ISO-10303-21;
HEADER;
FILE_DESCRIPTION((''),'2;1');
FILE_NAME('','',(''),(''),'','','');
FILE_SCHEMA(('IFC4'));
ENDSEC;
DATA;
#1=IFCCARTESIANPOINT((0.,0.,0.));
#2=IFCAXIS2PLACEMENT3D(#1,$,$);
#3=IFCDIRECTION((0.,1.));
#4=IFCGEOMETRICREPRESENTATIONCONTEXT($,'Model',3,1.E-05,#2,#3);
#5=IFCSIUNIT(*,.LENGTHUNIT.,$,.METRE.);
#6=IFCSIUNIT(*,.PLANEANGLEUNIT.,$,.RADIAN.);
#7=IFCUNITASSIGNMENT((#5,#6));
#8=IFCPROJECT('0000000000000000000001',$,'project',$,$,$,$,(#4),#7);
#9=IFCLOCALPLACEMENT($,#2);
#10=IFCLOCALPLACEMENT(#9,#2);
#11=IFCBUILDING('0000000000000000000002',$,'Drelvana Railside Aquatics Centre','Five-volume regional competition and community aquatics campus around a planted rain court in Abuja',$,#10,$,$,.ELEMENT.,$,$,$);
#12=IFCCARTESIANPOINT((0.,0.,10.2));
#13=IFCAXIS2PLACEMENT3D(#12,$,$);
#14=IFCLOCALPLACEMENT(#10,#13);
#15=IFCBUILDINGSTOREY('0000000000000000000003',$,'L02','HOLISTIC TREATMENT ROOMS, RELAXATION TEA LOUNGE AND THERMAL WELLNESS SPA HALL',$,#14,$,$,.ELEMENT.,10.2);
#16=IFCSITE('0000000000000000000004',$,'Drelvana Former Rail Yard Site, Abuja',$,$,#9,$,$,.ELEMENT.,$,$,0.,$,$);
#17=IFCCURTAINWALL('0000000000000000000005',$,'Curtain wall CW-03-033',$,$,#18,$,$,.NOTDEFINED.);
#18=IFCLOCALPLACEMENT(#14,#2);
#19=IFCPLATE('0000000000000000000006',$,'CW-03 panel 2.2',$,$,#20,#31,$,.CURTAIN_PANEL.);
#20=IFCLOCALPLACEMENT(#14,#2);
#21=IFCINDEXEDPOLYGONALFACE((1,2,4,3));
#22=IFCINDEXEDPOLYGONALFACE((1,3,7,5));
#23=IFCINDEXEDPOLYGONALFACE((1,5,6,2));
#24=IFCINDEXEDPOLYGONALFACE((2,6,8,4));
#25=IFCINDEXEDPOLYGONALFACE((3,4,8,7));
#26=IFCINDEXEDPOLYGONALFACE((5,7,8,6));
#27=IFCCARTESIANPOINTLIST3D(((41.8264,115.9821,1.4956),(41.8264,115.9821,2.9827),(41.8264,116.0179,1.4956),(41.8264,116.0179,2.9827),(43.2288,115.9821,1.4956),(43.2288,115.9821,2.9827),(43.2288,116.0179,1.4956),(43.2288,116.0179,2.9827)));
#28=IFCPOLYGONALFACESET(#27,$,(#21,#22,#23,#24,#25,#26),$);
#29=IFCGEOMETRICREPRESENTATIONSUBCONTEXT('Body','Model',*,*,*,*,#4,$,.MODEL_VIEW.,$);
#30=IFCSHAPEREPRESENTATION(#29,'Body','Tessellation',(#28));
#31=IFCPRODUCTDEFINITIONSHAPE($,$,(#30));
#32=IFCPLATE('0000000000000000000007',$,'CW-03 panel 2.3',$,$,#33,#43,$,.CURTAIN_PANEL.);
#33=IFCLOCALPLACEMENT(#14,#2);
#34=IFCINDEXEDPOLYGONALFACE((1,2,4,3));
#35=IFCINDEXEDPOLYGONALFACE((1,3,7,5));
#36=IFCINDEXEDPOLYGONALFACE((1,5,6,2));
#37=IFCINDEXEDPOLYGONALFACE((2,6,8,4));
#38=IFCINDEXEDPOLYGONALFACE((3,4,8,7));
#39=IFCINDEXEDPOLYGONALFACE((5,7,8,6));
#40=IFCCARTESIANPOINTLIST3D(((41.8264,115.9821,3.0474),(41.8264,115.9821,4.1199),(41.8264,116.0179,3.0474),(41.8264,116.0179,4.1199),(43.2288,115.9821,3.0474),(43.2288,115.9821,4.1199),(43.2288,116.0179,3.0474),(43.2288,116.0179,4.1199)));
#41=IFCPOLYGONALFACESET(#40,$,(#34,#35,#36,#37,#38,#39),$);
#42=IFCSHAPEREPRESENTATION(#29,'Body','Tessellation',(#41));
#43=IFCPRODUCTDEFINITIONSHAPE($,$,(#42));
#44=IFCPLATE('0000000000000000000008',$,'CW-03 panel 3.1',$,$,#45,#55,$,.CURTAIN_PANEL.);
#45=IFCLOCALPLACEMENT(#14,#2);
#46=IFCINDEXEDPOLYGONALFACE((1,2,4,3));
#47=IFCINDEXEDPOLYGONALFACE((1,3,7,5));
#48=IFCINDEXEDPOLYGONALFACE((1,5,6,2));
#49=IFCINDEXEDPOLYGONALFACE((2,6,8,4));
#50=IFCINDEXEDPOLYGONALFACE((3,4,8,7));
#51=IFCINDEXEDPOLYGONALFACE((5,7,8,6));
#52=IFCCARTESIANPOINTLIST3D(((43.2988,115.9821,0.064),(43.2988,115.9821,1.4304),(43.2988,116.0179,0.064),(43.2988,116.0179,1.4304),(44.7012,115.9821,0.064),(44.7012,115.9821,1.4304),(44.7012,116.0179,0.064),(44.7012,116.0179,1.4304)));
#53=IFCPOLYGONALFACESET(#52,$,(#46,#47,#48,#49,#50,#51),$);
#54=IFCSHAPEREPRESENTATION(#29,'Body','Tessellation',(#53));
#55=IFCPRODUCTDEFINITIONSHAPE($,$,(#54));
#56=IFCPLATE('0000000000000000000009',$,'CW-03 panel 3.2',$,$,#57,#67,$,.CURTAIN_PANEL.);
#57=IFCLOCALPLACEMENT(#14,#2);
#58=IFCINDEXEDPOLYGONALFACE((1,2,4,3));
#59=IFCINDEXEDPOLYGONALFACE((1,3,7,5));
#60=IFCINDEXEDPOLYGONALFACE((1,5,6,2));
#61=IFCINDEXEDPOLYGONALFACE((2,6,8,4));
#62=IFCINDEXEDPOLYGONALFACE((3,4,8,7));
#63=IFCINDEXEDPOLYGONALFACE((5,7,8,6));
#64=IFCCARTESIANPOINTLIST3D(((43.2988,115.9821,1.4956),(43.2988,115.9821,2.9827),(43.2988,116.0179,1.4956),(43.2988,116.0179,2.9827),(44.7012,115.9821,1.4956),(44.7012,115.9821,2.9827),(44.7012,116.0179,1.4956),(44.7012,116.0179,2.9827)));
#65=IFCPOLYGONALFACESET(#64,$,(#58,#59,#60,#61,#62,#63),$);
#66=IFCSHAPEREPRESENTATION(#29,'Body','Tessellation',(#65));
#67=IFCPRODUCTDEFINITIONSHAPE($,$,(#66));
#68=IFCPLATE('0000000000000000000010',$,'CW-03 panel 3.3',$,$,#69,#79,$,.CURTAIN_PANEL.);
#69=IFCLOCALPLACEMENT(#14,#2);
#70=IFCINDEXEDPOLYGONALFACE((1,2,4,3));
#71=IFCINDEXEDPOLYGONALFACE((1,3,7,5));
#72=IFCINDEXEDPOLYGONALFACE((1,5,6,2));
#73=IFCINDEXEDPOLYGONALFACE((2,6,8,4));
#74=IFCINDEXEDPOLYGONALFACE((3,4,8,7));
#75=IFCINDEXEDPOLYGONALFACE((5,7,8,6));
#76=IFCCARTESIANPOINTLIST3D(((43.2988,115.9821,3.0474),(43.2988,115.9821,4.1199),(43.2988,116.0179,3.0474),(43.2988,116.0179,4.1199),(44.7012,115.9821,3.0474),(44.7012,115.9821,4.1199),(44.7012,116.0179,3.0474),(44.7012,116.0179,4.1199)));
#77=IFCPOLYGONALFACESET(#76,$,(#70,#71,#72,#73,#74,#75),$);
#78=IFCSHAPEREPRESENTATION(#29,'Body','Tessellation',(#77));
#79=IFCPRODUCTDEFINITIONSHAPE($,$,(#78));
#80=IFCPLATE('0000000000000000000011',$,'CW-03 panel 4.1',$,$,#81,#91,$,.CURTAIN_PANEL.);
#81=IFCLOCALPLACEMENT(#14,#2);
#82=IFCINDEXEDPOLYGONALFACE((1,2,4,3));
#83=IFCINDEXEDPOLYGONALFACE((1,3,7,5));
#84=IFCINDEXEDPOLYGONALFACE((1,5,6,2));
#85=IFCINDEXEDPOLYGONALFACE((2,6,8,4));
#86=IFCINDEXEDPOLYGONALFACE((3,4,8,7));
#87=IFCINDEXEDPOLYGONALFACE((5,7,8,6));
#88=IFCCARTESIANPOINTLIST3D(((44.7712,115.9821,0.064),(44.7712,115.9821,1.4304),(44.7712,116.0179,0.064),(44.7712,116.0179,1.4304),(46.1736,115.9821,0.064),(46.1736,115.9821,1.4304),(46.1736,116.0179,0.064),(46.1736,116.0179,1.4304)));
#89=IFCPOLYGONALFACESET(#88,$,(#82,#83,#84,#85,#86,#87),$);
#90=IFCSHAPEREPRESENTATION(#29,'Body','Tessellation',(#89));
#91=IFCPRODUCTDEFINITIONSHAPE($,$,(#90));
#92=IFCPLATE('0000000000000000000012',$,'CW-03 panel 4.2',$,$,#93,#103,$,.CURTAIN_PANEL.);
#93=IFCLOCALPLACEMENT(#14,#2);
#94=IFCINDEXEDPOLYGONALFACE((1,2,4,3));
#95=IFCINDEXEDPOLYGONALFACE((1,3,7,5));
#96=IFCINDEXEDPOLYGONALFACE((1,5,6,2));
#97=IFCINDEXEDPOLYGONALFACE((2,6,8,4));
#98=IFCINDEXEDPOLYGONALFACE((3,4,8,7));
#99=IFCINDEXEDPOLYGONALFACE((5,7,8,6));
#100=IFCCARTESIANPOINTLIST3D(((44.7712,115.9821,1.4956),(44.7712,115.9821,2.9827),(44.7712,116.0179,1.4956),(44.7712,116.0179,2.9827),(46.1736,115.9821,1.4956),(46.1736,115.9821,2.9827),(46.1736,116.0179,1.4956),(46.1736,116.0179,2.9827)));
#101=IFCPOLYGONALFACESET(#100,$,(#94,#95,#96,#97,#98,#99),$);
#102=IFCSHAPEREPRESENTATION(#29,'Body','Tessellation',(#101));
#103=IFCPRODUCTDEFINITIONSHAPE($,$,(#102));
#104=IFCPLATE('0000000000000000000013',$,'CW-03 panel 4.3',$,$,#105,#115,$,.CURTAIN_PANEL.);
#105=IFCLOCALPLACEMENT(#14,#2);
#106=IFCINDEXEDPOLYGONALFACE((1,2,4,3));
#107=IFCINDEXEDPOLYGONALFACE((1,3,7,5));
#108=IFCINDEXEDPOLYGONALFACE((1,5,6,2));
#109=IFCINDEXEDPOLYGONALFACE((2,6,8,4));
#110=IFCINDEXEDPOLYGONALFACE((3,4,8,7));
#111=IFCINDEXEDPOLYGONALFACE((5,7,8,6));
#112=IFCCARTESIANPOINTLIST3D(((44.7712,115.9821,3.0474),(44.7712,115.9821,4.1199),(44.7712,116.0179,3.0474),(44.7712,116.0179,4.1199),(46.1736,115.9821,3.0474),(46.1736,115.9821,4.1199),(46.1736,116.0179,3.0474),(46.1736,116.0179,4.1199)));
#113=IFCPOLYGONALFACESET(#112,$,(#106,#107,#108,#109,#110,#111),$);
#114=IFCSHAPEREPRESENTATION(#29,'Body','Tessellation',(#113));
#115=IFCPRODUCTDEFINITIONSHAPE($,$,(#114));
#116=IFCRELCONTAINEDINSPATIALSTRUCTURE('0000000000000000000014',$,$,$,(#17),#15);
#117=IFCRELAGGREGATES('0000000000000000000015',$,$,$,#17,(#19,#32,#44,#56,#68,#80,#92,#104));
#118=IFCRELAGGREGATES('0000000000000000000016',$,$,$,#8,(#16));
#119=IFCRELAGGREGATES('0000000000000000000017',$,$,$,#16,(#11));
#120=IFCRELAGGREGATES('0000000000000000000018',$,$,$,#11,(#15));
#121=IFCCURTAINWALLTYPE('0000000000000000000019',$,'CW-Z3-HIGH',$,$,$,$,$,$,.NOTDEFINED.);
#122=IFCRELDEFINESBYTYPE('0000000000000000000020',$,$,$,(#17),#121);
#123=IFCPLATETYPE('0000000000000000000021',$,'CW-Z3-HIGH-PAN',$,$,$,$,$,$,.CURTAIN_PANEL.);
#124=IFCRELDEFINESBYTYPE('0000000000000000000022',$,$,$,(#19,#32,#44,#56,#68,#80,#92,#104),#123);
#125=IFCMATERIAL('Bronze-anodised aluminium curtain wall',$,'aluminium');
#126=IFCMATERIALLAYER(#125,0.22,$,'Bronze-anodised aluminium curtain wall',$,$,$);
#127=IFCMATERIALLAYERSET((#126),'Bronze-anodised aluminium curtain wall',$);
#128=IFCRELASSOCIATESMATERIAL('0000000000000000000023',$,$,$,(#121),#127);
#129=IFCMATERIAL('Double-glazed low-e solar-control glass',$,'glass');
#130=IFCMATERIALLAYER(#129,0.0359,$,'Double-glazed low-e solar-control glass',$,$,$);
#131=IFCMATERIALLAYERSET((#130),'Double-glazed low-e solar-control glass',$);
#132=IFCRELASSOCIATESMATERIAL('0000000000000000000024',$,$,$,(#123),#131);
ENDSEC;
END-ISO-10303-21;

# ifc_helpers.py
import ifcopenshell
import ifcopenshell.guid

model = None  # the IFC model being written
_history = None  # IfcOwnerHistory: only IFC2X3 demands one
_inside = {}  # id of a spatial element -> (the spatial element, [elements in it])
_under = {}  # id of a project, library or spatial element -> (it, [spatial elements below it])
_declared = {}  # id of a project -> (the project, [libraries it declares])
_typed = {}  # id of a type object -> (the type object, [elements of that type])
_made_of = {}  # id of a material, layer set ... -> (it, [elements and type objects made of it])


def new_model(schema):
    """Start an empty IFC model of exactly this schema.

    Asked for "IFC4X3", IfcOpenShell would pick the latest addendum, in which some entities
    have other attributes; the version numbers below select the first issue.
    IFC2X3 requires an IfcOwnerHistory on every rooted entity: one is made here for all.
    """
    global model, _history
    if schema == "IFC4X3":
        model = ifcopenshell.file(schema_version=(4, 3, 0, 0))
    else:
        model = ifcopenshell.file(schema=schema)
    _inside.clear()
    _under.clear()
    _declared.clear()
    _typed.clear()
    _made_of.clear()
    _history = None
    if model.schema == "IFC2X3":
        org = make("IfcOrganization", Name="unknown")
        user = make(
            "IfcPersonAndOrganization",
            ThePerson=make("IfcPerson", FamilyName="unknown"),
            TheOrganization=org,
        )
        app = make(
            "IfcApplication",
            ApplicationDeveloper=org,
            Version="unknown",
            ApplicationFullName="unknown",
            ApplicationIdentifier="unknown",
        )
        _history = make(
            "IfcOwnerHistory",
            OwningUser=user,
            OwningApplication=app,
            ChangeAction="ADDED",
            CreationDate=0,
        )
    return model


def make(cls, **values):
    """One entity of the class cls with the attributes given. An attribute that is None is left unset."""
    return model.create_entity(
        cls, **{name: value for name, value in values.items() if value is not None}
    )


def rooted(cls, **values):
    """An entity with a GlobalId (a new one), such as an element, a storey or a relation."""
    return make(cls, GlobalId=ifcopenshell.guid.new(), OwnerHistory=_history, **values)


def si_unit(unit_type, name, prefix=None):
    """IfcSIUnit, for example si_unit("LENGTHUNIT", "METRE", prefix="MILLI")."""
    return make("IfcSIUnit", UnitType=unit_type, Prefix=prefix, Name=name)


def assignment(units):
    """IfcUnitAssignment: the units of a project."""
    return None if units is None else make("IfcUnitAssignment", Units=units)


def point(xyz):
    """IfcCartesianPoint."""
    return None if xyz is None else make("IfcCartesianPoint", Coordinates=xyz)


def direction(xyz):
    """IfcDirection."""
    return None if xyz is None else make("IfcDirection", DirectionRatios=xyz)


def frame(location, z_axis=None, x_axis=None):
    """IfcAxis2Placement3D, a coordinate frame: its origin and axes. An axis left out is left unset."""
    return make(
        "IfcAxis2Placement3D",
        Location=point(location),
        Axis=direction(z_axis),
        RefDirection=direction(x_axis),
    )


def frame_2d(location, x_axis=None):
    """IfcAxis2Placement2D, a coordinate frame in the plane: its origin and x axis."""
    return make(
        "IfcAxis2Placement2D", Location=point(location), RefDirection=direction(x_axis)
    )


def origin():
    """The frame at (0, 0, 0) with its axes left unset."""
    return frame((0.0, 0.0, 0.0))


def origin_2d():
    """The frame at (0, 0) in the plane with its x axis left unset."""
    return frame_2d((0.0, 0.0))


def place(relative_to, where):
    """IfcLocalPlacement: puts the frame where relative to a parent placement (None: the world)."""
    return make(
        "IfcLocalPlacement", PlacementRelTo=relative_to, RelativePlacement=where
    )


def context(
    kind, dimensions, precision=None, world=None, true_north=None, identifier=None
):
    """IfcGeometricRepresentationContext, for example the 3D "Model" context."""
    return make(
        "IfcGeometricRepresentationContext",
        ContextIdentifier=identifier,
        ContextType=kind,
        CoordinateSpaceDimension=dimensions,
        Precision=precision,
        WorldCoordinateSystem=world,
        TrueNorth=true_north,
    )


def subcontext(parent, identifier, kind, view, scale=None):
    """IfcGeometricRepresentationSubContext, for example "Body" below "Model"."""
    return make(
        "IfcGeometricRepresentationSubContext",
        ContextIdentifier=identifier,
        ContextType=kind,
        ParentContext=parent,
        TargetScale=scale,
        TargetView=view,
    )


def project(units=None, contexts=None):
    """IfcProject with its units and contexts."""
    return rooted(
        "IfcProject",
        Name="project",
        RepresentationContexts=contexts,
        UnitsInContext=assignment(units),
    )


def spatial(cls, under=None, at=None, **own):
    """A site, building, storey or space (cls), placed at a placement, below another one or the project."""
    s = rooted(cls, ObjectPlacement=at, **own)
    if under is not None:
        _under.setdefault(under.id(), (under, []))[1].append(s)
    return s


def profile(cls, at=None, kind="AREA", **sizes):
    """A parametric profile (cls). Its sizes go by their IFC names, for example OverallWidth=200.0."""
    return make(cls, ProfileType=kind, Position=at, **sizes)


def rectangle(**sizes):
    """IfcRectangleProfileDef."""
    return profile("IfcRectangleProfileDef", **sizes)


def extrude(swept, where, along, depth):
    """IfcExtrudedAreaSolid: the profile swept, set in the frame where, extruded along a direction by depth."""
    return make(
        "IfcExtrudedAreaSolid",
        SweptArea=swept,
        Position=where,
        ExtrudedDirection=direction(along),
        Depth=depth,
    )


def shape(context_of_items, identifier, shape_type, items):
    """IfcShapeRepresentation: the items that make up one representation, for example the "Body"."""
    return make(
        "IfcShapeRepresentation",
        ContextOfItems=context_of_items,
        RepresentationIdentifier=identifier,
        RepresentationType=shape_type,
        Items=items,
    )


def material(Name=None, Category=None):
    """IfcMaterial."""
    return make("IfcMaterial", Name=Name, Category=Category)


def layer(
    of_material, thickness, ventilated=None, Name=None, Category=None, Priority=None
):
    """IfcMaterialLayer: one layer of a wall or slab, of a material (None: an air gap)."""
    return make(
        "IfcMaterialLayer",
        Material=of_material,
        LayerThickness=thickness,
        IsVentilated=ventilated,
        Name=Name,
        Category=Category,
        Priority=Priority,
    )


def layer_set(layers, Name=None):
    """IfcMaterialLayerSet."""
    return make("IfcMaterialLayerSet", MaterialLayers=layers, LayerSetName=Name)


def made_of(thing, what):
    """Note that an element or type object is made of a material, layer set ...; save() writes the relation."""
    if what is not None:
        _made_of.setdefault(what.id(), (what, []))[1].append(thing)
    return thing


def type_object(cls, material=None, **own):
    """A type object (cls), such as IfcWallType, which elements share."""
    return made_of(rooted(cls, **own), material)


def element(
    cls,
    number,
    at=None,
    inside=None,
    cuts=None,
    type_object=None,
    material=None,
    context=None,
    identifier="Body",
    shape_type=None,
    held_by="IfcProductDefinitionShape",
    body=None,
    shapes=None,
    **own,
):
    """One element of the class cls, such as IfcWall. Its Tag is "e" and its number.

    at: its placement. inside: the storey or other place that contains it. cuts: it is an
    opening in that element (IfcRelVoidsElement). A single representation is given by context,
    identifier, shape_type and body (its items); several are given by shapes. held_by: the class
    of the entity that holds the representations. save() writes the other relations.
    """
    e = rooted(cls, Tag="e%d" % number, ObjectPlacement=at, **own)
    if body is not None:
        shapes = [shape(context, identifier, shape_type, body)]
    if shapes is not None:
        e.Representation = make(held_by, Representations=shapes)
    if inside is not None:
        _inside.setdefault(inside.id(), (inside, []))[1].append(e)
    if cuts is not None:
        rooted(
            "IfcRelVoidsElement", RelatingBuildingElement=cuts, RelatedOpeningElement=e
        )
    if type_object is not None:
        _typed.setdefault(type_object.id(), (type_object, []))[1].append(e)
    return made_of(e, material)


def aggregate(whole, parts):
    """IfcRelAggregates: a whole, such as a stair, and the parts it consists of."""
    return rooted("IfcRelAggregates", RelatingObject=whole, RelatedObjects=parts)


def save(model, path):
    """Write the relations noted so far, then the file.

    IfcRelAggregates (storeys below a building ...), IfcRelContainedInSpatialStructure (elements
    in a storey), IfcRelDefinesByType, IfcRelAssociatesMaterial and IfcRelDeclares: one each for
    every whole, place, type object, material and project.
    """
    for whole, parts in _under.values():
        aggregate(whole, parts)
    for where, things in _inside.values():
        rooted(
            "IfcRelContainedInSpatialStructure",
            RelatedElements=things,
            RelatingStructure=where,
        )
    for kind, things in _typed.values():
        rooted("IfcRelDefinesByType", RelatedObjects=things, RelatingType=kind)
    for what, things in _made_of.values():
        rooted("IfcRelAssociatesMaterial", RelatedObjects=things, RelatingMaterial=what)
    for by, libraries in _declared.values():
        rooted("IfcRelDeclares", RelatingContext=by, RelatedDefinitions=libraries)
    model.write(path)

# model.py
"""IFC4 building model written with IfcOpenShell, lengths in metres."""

from ifc_helpers import new_model, si_unit, direction, frame, origin, origin_2d, place, context, subcontext, project, spatial, rectangle, extrude, material, layer, layer_set, type_object, element, aggregate, save


model = new_model("IFC4")

# Units and contexts
model_context = context("Model", 3, precision=1e-05, world=origin(), true_north=direction((0.0, 1.0)))
body_context = subcontext(model_context, "Body", "Model", "MODEL_VIEW")
ifc_project = project(units=[si_unit("LENGTHUNIT", "METRE"), si_unit("PLANEANGLEUNIT", "RADIAN")], contexts=[model_context])

# Site, building, storey
site_placement = place(None, origin())
site = spatial("IfcSite", under=ifc_project, at=site_placement, Name="Drelvana Former Rail Yard Site, Abuja", CompositionType="ELEMENT", RefElevation=0.0)
building_placement = place(site_placement, origin())
building = spatial("IfcBuilding", under=site, at=building_placement, Name="Drelvana Railside Aquatics Centre", Description="Five-volume regional competition and community aquatics campus around a planted rain court in Abuja", CompositionType="ELEMENT")
storey_placement = place(building_placement, frame((0.0, 0.0, 10.2)))
storey = spatial("IfcBuildingStorey", under=building, at=storey_placement, Name="L02", Description="HOLISTIC TREATMENT ROOMS, RELAXATION TEA LOUNGE AND THERMAL WELLNESS SPA HALL", CompositionType="ELEMENT", Elevation=10.2)

# Curtain wall, plates
ifc_material_1 = material(Name="Bronze-anodised aluminium curtain wall", Category="aluminium")
ifc_layer_1 = layer(ifc_material_1, 0.22, Name="Bronze-anodised aluminium curtain wall")
ifc_layer_set_1 = layer_set([ifc_layer_1], Name="Bronze-anodised aluminium curtain wall")
curtain_wall_type = type_object("IfcCurtainWallType", Name="CW-Z3-HIGH", PredefinedType="NOTDEFINED", material=ifc_layer_set_1)
curtain_wall_placement = place(storey_placement, origin())
curtain_wall = element("IfcCurtainWall", 1, at=curtain_wall_placement, inside=storey, type_object=curtain_wall_type, Name="Curtain wall CW-03-033", PredefinedType="NOTDEFINED")
ifc_material_2 = material(Name="Double-glazed low-e solar-control glass", Category="glass")
ifc_layer_2 = layer(ifc_material_2, 0.0359, Name="Double-glazed low-e solar-control glass")
ifc_layer_set_2 = layer_set([ifc_layer_2], Name="Double-glazed low-e solar-control glass")
plate_type = type_object("IfcPlateType", Name="CW-Z3-HIGH-PAN", PredefinedType="CURTAIN_PANEL", material=ifc_layer_set_2)
plate_1_placement = place(storey_placement, frame((42.5276, 116.0, 1.4956), z_axis=(0.0, 0.0, 1.0), x_axis=(1.0, 0.0, 0.0)))
plate_1 = element("IfcPlate", 2, at=plate_1_placement, type_object=plate_type, Name="CW-03 panel 2.2", PredefinedType="CURTAIN_PANEL", context=body_context, shape_type="SweptSolid", body=[
    extrude(rectangle(XDim=1.4023, YDim=0.0359, at=origin_2d()), origin(), (0.0, 0.0, 1.0), 1.4871),
])
plate_2_placement = place(storey_placement, frame((42.5276, 116.0, 3.0474), z_axis=(0.0, 0.0, 1.0), x_axis=(1.0, 0.0, 0.0)))
plate_2 = element("IfcPlate", 3, at=plate_2_placement, type_object=plate_type, Name="CW-03 panel 2.3", PredefinedType="CURTAIN_PANEL", context=body_context, shape_type="SweptSolid", body=[
    extrude(rectangle(XDim=1.4023, YDim=0.0359, at=origin_2d()), origin(), (0.0, 0.0, 1.0), 1.0725),
])
plate_3_placement = place(storey_placement, frame((44.0, 116.0, 0.064), z_axis=(0.0, 0.0, 1.0), x_axis=(1.0, 0.0, 0.0)))
plate_3 = element("IfcPlate", 4, at=plate_3_placement, type_object=plate_type, Name="CW-03 panel 3.1", PredefinedType="CURTAIN_PANEL", context=body_context, shape_type="SweptSolid", body=[
    extrude(rectangle(XDim=1.4023, YDim=0.0359, at=origin_2d()), origin(), (0.0, 0.0, 1.0), 1.3665),
])
plate_4_placement = place(storey_placement, frame((44.0, 116.0, 1.4956), z_axis=(0.0, 0.0, 1.0), x_axis=(1.0, 0.0, 0.0)))
plate_4 = element("IfcPlate", 5, at=plate_4_placement, type_object=plate_type, Name="CW-03 panel 3.2", PredefinedType="CURTAIN_PANEL", context=body_context, shape_type="SweptSolid", body=[
    extrude(rectangle(XDim=1.4023, YDim=0.0359, at=origin_2d()), origin(), (0.0, 0.0, 1.0), 1.4871),
])
plate_5_placement = place(storey_placement, frame((44.0, 116.0, 3.0474), z_axis=(0.0, 0.0, 1.0), x_axis=(1.0, 0.0, 0.0)))
plate_5 = element("IfcPlate", 6, at=plate_5_placement, type_object=plate_type, Name="CW-03 panel 3.3", PredefinedType="CURTAIN_PANEL", context=body_context, shape_type="SweptSolid", body=[
    extrude(rectangle(XDim=1.4023, YDim=0.0359, at=origin_2d()), origin(), (0.0, 0.0, 1.0), 1.0725),
])
plate_6_placement = place(storey_placement, frame((45.4724, 116.0, 0.064), z_axis=(0.0, 0.0, 1.0), x_axis=(1.0, 0.0, 0.0)))
plate_6 = element("IfcPlate", 7, at=plate_6_placement, type_object=plate_type, Name="CW-03 panel 4.1", PredefinedType="CURTAIN_PANEL", context=body_context, shape_type="SweptSolid", body=[
    extrude(rectangle(XDim=1.4023, YDim=0.0359, at=origin_2d()), origin(), (0.0, 0.0, 1.0), 1.3665),
])
plate_7_placement = place(storey_placement, frame((45.4724, 116.0, 1.4956), z_axis=(0.0, 0.0, 1.0), x_axis=(1.0, 0.0, 0.0)))
plate_7 = element("IfcPlate", 8, at=plate_7_placement, type_object=plate_type, Name="CW-03 panel 4.2", PredefinedType="CURTAIN_PANEL", context=body_context, shape_type="SweptSolid", body=[
    extrude(rectangle(XDim=1.4023, YDim=0.0359, at=origin_2d()), origin(), (0.0, 0.0, 1.0), 1.4871),
])
plate_8_placement = place(storey_placement, frame((45.4724, 116.0, 3.0474), z_axis=(0.0, 0.0, 1.0), x_axis=(1.0, 0.0, 0.0)))
plate_8 = element("IfcPlate", 9, at=plate_8_placement, type_object=plate_type, Name="CW-03 panel 4.3", PredefinedType="CURTAIN_PANEL", context=body_context, shape_type="SweptSolid", body=[
    extrude(rectangle(XDim=1.4023, YDim=0.0359, at=origin_2d()), origin(), (0.0, 0.0, 1.0), 1.0725),
])
aggregate(curtain_wall, [plate_1, plate_2, plate_3, plate_4, plate_5, plate_6, plate_7, plate_8])

save(model, "model.ifc")
